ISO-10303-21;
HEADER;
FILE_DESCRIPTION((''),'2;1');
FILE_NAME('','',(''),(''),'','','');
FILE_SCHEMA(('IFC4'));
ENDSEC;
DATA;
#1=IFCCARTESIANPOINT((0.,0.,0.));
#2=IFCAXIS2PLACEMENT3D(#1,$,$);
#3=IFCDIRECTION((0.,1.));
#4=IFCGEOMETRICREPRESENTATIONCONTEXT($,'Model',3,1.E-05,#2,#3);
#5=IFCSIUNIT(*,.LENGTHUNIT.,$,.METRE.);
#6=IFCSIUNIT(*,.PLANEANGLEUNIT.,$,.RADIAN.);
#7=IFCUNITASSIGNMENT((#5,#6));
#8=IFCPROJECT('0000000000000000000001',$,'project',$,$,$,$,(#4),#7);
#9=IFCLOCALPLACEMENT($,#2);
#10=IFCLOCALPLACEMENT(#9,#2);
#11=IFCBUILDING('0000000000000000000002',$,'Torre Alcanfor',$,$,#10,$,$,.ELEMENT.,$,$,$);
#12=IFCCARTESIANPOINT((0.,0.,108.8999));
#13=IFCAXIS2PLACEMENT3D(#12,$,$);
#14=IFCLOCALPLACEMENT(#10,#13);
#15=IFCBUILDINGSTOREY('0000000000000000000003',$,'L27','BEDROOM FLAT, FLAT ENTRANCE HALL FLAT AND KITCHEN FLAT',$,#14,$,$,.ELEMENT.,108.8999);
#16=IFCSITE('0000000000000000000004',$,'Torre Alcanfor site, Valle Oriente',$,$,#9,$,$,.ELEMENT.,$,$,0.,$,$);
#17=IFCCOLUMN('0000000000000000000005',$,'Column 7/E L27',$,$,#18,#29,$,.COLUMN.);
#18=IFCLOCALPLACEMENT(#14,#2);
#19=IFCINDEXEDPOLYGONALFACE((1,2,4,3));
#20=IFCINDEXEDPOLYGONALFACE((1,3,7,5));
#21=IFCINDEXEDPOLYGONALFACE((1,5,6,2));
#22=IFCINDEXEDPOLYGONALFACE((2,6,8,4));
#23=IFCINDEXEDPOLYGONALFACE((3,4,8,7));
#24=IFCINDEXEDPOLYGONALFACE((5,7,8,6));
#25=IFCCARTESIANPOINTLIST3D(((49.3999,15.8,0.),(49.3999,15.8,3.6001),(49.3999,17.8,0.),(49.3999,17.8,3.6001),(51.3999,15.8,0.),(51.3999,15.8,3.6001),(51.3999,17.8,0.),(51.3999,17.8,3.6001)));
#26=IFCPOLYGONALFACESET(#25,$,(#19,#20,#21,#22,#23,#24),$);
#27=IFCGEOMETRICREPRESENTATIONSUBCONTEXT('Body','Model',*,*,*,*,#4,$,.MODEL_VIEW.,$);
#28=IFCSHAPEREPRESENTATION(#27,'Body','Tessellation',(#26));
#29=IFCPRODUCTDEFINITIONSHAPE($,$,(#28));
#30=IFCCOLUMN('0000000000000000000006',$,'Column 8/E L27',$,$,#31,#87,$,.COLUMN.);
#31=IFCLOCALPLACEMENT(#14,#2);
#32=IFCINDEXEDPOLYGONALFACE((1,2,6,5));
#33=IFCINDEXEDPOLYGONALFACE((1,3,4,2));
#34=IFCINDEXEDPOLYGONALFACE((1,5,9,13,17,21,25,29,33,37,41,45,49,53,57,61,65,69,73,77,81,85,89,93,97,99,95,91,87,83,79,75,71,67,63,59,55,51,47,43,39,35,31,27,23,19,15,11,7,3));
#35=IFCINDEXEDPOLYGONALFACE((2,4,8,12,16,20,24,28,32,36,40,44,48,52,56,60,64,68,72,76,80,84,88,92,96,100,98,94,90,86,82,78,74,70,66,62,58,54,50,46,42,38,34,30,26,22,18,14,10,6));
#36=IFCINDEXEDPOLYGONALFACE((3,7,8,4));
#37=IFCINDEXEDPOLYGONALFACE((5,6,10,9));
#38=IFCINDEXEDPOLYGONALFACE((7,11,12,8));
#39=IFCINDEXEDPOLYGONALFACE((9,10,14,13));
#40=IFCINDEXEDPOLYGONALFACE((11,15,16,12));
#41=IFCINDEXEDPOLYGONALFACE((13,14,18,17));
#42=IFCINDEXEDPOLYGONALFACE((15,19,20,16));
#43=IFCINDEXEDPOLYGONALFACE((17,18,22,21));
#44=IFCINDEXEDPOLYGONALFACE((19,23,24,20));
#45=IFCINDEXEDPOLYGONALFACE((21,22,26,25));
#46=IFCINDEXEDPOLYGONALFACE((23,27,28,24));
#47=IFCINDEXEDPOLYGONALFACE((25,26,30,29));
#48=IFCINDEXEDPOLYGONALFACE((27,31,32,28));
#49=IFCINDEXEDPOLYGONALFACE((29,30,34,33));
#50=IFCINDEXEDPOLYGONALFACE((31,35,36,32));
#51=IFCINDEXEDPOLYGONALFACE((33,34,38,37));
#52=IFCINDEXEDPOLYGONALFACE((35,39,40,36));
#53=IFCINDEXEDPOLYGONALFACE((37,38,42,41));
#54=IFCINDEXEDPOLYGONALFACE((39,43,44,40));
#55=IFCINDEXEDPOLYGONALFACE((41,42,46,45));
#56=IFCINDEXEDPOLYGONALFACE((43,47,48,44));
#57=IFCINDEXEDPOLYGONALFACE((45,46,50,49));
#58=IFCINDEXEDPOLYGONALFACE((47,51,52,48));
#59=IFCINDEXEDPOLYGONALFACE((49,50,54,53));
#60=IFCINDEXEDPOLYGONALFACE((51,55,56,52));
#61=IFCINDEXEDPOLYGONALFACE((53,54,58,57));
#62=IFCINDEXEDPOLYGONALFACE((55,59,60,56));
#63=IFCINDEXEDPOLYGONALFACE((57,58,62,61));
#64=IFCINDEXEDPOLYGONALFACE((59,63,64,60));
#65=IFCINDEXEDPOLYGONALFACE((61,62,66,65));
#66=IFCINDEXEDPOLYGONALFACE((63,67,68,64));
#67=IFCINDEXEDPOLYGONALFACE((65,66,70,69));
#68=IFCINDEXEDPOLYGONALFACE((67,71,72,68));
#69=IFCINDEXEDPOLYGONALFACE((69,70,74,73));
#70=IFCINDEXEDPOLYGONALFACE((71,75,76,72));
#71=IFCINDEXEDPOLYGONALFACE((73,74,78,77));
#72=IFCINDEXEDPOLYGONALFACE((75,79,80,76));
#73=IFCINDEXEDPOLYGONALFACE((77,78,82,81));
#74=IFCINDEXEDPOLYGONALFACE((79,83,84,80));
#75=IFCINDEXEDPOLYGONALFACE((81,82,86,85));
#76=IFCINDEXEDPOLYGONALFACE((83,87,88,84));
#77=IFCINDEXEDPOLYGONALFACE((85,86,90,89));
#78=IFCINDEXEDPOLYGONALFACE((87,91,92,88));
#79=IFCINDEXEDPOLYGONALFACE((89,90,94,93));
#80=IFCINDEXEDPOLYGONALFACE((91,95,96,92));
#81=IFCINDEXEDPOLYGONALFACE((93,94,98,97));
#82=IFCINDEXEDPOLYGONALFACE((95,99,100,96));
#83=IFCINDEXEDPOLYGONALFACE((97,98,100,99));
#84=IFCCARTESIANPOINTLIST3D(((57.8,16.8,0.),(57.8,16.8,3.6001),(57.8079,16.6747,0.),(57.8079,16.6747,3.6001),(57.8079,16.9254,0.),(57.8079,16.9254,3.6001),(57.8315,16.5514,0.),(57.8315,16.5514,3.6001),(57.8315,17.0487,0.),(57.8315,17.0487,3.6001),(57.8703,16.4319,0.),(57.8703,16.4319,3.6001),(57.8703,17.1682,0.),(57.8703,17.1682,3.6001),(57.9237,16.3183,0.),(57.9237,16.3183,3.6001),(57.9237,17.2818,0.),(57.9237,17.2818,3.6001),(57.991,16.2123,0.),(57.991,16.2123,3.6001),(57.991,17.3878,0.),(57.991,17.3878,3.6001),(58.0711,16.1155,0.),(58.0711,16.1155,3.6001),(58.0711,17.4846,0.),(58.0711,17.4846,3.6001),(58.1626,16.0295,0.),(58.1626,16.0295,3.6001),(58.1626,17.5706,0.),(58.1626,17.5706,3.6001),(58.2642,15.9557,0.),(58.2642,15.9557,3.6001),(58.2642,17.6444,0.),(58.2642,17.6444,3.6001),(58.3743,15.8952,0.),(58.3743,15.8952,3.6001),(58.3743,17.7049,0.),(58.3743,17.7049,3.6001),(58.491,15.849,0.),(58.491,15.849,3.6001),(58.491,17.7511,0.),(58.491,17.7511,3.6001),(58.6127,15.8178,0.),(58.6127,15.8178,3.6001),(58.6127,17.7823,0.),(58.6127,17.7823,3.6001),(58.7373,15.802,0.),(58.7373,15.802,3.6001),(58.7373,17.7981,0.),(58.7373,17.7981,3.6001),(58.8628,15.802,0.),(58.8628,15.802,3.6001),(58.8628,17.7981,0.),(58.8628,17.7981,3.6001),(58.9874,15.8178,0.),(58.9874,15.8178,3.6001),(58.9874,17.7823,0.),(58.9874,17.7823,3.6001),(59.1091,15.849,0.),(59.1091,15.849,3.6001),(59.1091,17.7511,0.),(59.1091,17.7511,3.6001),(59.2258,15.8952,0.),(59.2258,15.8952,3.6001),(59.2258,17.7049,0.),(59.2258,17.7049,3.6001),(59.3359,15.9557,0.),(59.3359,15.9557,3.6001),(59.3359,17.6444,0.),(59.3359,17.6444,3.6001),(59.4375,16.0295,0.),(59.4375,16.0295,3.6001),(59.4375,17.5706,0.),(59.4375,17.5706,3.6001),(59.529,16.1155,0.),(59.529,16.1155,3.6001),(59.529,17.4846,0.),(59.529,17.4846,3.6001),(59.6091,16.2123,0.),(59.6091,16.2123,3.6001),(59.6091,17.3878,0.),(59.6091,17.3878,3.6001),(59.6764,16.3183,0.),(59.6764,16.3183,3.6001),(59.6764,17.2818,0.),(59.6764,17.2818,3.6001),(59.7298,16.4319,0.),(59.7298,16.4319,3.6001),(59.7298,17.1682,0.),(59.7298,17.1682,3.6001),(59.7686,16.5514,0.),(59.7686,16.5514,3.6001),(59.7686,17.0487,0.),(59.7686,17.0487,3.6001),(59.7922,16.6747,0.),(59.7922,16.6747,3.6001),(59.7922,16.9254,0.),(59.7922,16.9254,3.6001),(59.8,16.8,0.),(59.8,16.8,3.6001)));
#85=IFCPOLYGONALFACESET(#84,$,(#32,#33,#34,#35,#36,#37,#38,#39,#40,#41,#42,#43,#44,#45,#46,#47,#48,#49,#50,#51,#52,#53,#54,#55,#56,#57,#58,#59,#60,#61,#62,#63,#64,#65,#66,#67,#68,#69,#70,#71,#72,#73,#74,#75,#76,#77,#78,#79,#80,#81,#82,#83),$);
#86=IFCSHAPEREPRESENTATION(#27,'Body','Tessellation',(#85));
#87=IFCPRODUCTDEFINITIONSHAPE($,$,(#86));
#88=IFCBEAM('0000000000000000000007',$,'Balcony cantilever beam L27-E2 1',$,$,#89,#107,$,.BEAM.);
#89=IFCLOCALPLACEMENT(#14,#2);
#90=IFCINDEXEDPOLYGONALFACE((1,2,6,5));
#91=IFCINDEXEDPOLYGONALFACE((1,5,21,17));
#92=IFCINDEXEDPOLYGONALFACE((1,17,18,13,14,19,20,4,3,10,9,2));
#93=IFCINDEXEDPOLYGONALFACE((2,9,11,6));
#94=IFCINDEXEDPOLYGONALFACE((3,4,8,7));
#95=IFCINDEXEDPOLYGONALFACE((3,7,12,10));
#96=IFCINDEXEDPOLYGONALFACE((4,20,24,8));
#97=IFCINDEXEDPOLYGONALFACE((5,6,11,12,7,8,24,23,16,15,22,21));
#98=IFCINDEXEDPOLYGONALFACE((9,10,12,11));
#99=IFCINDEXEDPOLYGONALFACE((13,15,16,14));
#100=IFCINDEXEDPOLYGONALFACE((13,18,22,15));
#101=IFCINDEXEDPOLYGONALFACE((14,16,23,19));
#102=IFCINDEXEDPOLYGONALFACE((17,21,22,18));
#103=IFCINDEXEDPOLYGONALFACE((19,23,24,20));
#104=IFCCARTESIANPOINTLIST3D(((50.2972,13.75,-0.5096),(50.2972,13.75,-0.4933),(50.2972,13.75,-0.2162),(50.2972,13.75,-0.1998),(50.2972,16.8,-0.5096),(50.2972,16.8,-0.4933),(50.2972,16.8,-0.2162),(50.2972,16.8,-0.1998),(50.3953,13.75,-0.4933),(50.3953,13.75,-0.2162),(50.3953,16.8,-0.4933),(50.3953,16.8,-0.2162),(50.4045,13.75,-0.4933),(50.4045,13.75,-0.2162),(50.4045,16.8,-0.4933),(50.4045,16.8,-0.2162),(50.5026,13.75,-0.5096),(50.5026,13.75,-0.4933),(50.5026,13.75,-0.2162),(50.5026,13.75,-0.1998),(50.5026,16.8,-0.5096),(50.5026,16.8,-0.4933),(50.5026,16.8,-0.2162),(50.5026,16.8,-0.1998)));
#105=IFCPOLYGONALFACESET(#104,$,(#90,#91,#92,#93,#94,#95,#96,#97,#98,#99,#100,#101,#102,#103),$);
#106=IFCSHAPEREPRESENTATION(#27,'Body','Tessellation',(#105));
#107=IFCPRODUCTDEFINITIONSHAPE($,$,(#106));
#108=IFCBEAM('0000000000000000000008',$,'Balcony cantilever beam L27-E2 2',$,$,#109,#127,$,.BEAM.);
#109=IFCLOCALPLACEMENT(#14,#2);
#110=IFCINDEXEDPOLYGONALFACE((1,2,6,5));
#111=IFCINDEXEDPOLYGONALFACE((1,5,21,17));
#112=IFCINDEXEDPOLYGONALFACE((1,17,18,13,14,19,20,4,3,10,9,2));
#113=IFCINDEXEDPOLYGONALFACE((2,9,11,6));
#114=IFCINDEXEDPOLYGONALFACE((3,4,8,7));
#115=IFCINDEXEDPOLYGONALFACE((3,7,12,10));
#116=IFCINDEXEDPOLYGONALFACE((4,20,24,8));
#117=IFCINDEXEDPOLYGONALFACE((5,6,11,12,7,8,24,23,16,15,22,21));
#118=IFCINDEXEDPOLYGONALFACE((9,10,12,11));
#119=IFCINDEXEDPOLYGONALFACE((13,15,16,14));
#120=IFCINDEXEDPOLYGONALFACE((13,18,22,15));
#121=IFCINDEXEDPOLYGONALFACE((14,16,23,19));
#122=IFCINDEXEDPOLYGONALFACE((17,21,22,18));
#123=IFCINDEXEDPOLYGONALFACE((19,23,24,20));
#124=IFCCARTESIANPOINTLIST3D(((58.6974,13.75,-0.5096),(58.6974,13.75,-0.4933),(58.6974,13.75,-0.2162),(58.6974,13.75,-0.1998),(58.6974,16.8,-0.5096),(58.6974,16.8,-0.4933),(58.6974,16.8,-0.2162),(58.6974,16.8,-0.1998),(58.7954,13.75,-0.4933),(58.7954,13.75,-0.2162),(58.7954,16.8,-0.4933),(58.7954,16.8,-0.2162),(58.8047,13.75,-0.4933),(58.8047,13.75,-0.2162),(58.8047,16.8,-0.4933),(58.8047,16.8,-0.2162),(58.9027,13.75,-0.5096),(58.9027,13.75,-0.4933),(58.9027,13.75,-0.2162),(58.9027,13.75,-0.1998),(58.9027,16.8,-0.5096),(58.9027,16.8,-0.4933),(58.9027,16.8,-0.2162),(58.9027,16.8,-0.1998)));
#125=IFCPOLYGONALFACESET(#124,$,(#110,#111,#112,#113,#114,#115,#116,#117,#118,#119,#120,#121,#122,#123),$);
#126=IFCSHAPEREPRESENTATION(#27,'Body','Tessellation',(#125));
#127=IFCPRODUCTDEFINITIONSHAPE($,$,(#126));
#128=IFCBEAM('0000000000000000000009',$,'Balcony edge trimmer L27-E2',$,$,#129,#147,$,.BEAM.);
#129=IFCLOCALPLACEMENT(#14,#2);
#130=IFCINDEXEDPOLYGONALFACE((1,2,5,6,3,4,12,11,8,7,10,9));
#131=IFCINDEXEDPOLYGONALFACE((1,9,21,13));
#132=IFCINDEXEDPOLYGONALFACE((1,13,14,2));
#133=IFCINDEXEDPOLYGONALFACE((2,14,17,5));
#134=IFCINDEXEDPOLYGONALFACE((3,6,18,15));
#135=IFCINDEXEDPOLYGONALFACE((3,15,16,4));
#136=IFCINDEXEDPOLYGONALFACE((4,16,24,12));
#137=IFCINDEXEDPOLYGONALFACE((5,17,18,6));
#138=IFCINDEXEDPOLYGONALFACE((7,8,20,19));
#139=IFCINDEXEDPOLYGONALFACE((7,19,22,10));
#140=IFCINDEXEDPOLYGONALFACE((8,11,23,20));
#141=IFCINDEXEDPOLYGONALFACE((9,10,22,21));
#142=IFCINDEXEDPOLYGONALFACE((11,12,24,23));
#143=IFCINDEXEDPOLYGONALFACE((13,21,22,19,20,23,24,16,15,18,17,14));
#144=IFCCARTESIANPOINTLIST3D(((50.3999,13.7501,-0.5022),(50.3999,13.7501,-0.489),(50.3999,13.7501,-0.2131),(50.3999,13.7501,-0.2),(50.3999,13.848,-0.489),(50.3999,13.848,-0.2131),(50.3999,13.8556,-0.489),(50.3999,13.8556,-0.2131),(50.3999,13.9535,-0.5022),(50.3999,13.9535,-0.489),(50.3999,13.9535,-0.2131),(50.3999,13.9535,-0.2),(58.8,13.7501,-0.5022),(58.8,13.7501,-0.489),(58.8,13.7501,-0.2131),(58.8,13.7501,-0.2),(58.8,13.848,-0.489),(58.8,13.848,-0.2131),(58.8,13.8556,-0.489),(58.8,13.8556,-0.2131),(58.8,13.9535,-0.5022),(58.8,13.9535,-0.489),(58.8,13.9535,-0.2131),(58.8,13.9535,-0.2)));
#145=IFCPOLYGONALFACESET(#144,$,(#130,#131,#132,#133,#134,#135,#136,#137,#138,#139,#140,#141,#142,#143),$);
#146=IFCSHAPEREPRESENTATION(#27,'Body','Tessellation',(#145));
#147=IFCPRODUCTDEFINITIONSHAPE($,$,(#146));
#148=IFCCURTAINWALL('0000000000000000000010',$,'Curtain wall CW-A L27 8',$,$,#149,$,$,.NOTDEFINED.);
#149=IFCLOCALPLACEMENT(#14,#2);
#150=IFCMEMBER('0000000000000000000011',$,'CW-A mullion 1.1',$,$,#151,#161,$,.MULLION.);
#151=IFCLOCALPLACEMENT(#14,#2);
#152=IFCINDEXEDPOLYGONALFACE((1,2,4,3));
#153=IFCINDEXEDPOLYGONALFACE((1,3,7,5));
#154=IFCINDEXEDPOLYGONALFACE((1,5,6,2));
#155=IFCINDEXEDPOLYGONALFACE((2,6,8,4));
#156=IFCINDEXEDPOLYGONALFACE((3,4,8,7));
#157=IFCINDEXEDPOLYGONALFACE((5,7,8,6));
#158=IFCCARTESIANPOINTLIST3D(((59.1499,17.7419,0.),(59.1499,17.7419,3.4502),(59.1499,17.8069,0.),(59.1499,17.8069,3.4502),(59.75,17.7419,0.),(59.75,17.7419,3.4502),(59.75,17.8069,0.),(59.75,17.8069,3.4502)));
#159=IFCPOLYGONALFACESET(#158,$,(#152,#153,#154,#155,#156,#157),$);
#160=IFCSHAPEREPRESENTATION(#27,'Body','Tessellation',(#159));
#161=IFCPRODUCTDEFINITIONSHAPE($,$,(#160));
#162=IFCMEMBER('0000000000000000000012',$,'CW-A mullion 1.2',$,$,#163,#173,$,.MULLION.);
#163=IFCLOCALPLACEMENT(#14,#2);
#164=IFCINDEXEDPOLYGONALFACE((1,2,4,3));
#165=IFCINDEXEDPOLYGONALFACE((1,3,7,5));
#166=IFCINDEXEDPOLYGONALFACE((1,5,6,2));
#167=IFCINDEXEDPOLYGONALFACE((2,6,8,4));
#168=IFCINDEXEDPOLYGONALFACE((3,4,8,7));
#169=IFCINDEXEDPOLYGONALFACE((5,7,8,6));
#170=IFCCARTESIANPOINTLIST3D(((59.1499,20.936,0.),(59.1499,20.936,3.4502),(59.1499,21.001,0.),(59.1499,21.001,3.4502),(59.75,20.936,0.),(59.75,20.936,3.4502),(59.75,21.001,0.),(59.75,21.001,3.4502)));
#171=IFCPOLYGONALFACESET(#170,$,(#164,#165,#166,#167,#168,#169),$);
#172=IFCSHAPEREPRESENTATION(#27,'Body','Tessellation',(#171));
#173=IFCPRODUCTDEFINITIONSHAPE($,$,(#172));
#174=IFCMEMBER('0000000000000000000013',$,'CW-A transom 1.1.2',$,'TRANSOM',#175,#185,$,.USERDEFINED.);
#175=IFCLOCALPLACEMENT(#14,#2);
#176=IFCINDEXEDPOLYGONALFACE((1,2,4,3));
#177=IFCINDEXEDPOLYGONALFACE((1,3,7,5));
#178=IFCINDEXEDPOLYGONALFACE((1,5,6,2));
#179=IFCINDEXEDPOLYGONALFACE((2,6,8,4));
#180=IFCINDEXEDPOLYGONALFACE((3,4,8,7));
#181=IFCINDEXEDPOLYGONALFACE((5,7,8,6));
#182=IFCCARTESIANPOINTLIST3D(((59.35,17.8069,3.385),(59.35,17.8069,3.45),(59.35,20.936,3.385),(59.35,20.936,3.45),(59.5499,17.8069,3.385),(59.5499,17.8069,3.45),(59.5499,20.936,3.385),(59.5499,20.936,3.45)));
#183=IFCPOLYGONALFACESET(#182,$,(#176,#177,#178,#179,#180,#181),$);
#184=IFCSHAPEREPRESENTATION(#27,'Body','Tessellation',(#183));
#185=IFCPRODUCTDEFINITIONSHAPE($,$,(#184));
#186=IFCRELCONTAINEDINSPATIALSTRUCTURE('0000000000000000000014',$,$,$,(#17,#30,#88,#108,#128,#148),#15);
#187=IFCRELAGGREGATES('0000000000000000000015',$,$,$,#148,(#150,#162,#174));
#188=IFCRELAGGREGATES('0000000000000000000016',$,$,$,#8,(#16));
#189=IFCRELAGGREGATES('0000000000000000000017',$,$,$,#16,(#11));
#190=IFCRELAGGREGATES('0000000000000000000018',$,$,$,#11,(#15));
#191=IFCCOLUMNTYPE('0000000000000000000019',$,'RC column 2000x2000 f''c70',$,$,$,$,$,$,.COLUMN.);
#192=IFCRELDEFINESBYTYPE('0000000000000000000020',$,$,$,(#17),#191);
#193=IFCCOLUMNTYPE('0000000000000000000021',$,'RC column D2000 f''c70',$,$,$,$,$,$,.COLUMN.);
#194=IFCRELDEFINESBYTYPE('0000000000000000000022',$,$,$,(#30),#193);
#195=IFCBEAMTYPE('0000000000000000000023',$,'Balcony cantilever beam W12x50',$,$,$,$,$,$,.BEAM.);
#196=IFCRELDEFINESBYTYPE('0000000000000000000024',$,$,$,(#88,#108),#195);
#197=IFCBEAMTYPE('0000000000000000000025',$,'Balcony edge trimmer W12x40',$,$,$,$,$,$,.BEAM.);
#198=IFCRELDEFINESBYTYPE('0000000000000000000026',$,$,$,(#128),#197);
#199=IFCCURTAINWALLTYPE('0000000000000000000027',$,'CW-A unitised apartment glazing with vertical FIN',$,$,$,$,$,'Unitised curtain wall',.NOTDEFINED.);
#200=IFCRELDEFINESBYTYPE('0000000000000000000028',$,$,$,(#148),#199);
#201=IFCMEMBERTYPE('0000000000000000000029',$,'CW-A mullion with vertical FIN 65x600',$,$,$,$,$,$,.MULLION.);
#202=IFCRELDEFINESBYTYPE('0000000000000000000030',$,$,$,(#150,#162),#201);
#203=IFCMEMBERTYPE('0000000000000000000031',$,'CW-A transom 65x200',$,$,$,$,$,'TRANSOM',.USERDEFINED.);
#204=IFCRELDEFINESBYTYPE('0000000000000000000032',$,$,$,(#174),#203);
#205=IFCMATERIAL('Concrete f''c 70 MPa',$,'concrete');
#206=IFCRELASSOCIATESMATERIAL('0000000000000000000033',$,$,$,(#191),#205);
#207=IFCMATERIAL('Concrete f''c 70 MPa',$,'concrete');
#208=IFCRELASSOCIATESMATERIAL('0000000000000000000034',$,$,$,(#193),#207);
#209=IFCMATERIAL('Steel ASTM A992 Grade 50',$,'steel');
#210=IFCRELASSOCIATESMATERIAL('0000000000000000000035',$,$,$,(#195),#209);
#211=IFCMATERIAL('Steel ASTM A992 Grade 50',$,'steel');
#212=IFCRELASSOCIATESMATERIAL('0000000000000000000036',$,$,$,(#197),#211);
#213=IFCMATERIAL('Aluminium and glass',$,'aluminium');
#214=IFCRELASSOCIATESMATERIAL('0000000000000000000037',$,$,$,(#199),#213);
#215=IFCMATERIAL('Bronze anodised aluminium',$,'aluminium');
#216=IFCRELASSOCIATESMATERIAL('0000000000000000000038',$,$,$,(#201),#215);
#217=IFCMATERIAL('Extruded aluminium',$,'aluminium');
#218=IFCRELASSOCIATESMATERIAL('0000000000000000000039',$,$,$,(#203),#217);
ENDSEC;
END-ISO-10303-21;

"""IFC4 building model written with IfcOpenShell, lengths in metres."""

from ifc_helpers import new_model, si_unit, direction, frame, origin, origin_2d, place, context, subcontext, project, spatial, rectangle, circle, i_section, extrude, material, material_profile, profile_set, type_object, element, aggregate, save


model = new_model("IFC4")

# Units and contexts
model_context = context("Model", 3, precision=1e-05, world=origin(), true_north=direction((0.0, 1.0)))
body_context = subcontext(model_context, "Body", "Model", "MODEL_VIEW")
ifc_project = project(units=[si_unit("LENGTHUNIT", "METRE"), si_unit("PLANEANGLEUNIT", "RADIAN")], contexts=[model_context])

# Site, building, storey
site_placement = place(None, origin())
site = spatial("IfcSite", under=ifc_project, at=site_placement, Name="Torre Alcanfor site, Valle Oriente", CompositionType="ELEMENT", RefElevation=0.0)
building_placement = place(site_placement, origin())
building = spatial("IfcBuilding", under=site, at=building_placement, Name="Torre Alcanfor", CompositionType="ELEMENT")
storey_placement = place(building_placement, frame((0.0, 0.0, 108.8999)))
storey = spatial("IfcBuildingStorey", under=building, at=storey_placement, Name="L27", Description="BEDROOM FLAT, FLAT ENTRANCE HALL FLAT AND KITCHEN FLAT", CompositionType="ELEMENT", Elevation=108.8999)

# Columns
ifc_material_1 = material(Name="Concrete f'c 70 MPa", Category="concrete")
ifc_material_profile_1 = material_profile(ifc_material_1, rectangle(XDim=2.0, YDim=2.0, at=origin_2d()), Name="2000x2000")
ifc_profile_set_1 = profile_set([ifc_material_profile_1], Name="Concrete f'c 70 MPa")
column_type_1 = type_object("IfcColumnType", Name="RC column 2000x2000 f'c70", PredefinedType="COLUMN", material=ifc_profile_set_1)
column_1_placement = place(storey_placement, frame((50.3999, 16.8, 0.0), z_axis=(0.0, 0.0, 1.0), x_axis=(1.0, 0.0, 0.0)))
element("IfcColumn", 1, at=column_1_placement, inside=storey, type_object=column_type_1, Name="Column 7/E L27", PredefinedType="COLUMN", context=body_context, shape_type="SweptSolid", body=[
    extrude(rectangle(XDim=2.0, YDim=2.0, at=origin_2d()), origin(), (0.0, 0.0, 1.0), 3.6001),
])
ifc_material_2 = material(Name="Concrete f'c 70 MPa", Category="concrete")
ifc_material_profile_2 = material_profile(ifc_material_2, circle(Radius=1.0, at=origin_2d()), Name="D2000")
ifc_profile_set_2 = profile_set([ifc_material_profile_2], Name="Concrete f'c 70 MPa")
column_type_2 = type_object("IfcColumnType", Name="RC column D2000 f'c70", PredefinedType="COLUMN", material=ifc_profile_set_2)
column_2_placement = place(storey_placement, frame((58.8, 16.8, 0.0), z_axis=(0.0, 0.0, 1.0), x_axis=(1.0, 0.0, 0.0)))
element("IfcColumn", 2, at=column_2_placement, inside=storey, type_object=column_type_2, Name="Column 8/E L27", PredefinedType="COLUMN", context=body_context, shape_type="SweptSolid", body=[
    extrude(circle(Radius=1.0, at=origin_2d()), origin(), (0.0, 0.0, 1.0), 3.6001),
])

# Beams
ifc_material_3 = material(Name="Steel ASTM A992 Grade 50", Category="steel")
ifc_material_profile_3 = material_profile(ifc_material_3, i_section(OverallWidth=0.2053, OverallDepth=0.3098, WebThickness=0.0093, FlangeThickness=0.0164, at=origin_2d()), Name="W12x50")
ifc_profile_set_3 = profile_set([ifc_material_profile_3], Name="Steel ASTM A992 Grade 50")
beam_type_1 = type_object("IfcBeamType", Name="Balcony cantilever beam W12x50", PredefinedType="BEAM", material=ifc_profile_set_3)
for number, where, z_axis, x_axis, name in (
    (3, (50.3999, 16.8, -0.3547), (0.0, -1.0, 0.0), (1.0, 0.0, 0.0), "Balcony cantilever beam L27-E2 1"),
    (4, (58.8, 16.8, -0.3547), (0.0, -1.0, 0.0), (1.0, 0.0, 0.0), "Balcony cantilever beam L27-E2 2"),
):
    element("IfcBeam", number, at=place(storey_placement, frame(where, z_axis=z_axis, x_axis=x_axis)), inside=storey, type_object=beam_type_1, Name=name, PredefinedType="BEAM", context=body_context, shape_type="SweptSolid", body=[
        extrude(i_section(OverallWidth=0.2053, OverallDepth=0.3098, WebThickness=0.0093, FlangeThickness=0.0164, at=origin_2d()), origin(), (0.0, 0.0, 1.0), 3.05),
    ])
ifc_material_4 = material(Name="Steel ASTM A992 Grade 50", Category="steel")
ifc_material_profile_4 = material_profile(ifc_material_4, i_section(OverallWidth=0.2034, OverallDepth=0.3022, WebThickness=0.0076, FlangeThickness=0.0132, at=origin_2d()), Name="W12x40")
ifc_profile_set_4 = profile_set([ifc_material_profile_4], Name="Steel ASTM A992 Grade 50")
beam_type_2 = type_object("IfcBeamType", Name="Balcony edge trimmer W12x40", PredefinedType="BEAM", material=ifc_profile_set_4)
beam_1_placement = place(storey_placement, frame((50.3999, 13.8518, -0.3511), z_axis=(1.0, 0.0, 0.0), x_axis=(0.0, 1.0, 0.0)))
element("IfcBeam", 5, at=beam_1_placement, inside=storey, type_object=beam_type_2, Name="Balcony edge trimmer L27-E2", PredefinedType="BEAM", context=body_context, shape_type="SweptSolid", body=[
    extrude(i_section(OverallWidth=0.2034, OverallDepth=0.3022, WebThickness=0.0076, FlangeThickness=0.0132, at=origin_2d()), origin(), (0.0, 0.0, 1.0), 8.4001),
])

# Curtain wall, members
ifc_material_5 = material(Name="Aluminium and glass", Category="aluminium")
curtain_wall_type = type_object("IfcCurtainWallType", Name="CW-A unitised apartment glazing with vertical FIN", ElementType="Unitised curtain wall", PredefinedType="NOTDEFINED", material=ifc_material_5)
curtain_wall_placement = place(storey_placement, origin())
curtain_wall = element("IfcCurtainWall", 6, at=curtain_wall_placement, inside=storey, type_object=curtain_wall_type, Name="Curtain wall CW-A L27 8", PredefinedType="NOTDEFINED")
ifc_material_6 = material(Name="Bronze anodised aluminium", Category="aluminium")
ifc_material_profile_5 = material_profile(ifc_material_6, rectangle(XDim=0.6001, YDim=0.0649, at=origin_2d()), Name="CW-A mullion 65x600")
ifc_profile_set_5 = profile_set([ifc_material_profile_5], Name="Bronze anodised aluminium")
member_type_1 = type_object("IfcMemberType", Name="CW-A mullion with vertical FIN 65x600", PredefinedType="MULLION", material=ifc_profile_set_5)
member_1_placement = place(storey_placement, frame((59.45, 17.7744, 0.0), z_axis=(0.0, 0.0, 1.0), x_axis=(-1.0, 0.0, 0.0)))
member_1 = element("IfcMember", 7, at=member_1_placement, type_object=member_type_1, Name="CW-A mullion 1.1", PredefinedType="MULLION", context=body_context, shape_type="SweptSolid", body=[
    extrude(rectangle(XDim=0.6001, YDim=0.0649, at=origin_2d()), origin(), (0.0, 0.0, 1.0), 3.4502),
])
member_2_placement = place(storey_placement, frame((59.45, 20.9685, 0.0), z_axis=(0.0, 0.0, 1.0), x_axis=(-1.0, 0.0, 0.0)))
member_2 = element("IfcMember", 8, at=member_2_placement, type_object=member_type_1, Name="CW-A mullion 1.2", PredefinedType="MULLION", context=body_context, shape_type="SweptSolid", body=[
    extrude(rectangle(XDim=0.6001, YDim=0.0649, at=origin_2d()), origin(), (0.0, 0.0, 1.0), 3.4502),
])
ifc_material_7 = material(Name="Extruded aluminium", Category="aluminium")
ifc_material_profile_6 = material_profile(ifc_material_7, rectangle(XDim=0.2, YDim=0.0649, at=origin_2d()), Name="CW-A transom 200x65")
ifc_profile_set_6 = profile_set([ifc_material_profile_6], Name="Extruded aluminium")
member_type_2 = type_object("IfcMemberType", Name="CW-A transom 65x200", ElementType="TRANSOM", PredefinedType="USERDEFINED", material=ifc_profile_set_6)
member_3_placement = place(storey_placement, frame((59.45, 17.8069, 3.4175), z_axis=(0.0, 1.0, 0.0), x_axis=(-1.0, 0.0, 0.0)))
member_3 = element("IfcMember", 9, at=member_3_placement, type_object=member_type_2, Name="CW-A transom 1.1.2", ObjectType="TRANSOM", PredefinedType="USERDEFINED", context=body_context, shape_type="SweptSolid", body=[
    extrude(rectangle(XDim=0.2, YDim=0.0649, at=origin_2d()), origin(), (0.0, 0.0, 1.0), 3.1292),
])

aggregate(curtain_wall, [member_1, member_2, member_3])

save(model, "model.ifc")
